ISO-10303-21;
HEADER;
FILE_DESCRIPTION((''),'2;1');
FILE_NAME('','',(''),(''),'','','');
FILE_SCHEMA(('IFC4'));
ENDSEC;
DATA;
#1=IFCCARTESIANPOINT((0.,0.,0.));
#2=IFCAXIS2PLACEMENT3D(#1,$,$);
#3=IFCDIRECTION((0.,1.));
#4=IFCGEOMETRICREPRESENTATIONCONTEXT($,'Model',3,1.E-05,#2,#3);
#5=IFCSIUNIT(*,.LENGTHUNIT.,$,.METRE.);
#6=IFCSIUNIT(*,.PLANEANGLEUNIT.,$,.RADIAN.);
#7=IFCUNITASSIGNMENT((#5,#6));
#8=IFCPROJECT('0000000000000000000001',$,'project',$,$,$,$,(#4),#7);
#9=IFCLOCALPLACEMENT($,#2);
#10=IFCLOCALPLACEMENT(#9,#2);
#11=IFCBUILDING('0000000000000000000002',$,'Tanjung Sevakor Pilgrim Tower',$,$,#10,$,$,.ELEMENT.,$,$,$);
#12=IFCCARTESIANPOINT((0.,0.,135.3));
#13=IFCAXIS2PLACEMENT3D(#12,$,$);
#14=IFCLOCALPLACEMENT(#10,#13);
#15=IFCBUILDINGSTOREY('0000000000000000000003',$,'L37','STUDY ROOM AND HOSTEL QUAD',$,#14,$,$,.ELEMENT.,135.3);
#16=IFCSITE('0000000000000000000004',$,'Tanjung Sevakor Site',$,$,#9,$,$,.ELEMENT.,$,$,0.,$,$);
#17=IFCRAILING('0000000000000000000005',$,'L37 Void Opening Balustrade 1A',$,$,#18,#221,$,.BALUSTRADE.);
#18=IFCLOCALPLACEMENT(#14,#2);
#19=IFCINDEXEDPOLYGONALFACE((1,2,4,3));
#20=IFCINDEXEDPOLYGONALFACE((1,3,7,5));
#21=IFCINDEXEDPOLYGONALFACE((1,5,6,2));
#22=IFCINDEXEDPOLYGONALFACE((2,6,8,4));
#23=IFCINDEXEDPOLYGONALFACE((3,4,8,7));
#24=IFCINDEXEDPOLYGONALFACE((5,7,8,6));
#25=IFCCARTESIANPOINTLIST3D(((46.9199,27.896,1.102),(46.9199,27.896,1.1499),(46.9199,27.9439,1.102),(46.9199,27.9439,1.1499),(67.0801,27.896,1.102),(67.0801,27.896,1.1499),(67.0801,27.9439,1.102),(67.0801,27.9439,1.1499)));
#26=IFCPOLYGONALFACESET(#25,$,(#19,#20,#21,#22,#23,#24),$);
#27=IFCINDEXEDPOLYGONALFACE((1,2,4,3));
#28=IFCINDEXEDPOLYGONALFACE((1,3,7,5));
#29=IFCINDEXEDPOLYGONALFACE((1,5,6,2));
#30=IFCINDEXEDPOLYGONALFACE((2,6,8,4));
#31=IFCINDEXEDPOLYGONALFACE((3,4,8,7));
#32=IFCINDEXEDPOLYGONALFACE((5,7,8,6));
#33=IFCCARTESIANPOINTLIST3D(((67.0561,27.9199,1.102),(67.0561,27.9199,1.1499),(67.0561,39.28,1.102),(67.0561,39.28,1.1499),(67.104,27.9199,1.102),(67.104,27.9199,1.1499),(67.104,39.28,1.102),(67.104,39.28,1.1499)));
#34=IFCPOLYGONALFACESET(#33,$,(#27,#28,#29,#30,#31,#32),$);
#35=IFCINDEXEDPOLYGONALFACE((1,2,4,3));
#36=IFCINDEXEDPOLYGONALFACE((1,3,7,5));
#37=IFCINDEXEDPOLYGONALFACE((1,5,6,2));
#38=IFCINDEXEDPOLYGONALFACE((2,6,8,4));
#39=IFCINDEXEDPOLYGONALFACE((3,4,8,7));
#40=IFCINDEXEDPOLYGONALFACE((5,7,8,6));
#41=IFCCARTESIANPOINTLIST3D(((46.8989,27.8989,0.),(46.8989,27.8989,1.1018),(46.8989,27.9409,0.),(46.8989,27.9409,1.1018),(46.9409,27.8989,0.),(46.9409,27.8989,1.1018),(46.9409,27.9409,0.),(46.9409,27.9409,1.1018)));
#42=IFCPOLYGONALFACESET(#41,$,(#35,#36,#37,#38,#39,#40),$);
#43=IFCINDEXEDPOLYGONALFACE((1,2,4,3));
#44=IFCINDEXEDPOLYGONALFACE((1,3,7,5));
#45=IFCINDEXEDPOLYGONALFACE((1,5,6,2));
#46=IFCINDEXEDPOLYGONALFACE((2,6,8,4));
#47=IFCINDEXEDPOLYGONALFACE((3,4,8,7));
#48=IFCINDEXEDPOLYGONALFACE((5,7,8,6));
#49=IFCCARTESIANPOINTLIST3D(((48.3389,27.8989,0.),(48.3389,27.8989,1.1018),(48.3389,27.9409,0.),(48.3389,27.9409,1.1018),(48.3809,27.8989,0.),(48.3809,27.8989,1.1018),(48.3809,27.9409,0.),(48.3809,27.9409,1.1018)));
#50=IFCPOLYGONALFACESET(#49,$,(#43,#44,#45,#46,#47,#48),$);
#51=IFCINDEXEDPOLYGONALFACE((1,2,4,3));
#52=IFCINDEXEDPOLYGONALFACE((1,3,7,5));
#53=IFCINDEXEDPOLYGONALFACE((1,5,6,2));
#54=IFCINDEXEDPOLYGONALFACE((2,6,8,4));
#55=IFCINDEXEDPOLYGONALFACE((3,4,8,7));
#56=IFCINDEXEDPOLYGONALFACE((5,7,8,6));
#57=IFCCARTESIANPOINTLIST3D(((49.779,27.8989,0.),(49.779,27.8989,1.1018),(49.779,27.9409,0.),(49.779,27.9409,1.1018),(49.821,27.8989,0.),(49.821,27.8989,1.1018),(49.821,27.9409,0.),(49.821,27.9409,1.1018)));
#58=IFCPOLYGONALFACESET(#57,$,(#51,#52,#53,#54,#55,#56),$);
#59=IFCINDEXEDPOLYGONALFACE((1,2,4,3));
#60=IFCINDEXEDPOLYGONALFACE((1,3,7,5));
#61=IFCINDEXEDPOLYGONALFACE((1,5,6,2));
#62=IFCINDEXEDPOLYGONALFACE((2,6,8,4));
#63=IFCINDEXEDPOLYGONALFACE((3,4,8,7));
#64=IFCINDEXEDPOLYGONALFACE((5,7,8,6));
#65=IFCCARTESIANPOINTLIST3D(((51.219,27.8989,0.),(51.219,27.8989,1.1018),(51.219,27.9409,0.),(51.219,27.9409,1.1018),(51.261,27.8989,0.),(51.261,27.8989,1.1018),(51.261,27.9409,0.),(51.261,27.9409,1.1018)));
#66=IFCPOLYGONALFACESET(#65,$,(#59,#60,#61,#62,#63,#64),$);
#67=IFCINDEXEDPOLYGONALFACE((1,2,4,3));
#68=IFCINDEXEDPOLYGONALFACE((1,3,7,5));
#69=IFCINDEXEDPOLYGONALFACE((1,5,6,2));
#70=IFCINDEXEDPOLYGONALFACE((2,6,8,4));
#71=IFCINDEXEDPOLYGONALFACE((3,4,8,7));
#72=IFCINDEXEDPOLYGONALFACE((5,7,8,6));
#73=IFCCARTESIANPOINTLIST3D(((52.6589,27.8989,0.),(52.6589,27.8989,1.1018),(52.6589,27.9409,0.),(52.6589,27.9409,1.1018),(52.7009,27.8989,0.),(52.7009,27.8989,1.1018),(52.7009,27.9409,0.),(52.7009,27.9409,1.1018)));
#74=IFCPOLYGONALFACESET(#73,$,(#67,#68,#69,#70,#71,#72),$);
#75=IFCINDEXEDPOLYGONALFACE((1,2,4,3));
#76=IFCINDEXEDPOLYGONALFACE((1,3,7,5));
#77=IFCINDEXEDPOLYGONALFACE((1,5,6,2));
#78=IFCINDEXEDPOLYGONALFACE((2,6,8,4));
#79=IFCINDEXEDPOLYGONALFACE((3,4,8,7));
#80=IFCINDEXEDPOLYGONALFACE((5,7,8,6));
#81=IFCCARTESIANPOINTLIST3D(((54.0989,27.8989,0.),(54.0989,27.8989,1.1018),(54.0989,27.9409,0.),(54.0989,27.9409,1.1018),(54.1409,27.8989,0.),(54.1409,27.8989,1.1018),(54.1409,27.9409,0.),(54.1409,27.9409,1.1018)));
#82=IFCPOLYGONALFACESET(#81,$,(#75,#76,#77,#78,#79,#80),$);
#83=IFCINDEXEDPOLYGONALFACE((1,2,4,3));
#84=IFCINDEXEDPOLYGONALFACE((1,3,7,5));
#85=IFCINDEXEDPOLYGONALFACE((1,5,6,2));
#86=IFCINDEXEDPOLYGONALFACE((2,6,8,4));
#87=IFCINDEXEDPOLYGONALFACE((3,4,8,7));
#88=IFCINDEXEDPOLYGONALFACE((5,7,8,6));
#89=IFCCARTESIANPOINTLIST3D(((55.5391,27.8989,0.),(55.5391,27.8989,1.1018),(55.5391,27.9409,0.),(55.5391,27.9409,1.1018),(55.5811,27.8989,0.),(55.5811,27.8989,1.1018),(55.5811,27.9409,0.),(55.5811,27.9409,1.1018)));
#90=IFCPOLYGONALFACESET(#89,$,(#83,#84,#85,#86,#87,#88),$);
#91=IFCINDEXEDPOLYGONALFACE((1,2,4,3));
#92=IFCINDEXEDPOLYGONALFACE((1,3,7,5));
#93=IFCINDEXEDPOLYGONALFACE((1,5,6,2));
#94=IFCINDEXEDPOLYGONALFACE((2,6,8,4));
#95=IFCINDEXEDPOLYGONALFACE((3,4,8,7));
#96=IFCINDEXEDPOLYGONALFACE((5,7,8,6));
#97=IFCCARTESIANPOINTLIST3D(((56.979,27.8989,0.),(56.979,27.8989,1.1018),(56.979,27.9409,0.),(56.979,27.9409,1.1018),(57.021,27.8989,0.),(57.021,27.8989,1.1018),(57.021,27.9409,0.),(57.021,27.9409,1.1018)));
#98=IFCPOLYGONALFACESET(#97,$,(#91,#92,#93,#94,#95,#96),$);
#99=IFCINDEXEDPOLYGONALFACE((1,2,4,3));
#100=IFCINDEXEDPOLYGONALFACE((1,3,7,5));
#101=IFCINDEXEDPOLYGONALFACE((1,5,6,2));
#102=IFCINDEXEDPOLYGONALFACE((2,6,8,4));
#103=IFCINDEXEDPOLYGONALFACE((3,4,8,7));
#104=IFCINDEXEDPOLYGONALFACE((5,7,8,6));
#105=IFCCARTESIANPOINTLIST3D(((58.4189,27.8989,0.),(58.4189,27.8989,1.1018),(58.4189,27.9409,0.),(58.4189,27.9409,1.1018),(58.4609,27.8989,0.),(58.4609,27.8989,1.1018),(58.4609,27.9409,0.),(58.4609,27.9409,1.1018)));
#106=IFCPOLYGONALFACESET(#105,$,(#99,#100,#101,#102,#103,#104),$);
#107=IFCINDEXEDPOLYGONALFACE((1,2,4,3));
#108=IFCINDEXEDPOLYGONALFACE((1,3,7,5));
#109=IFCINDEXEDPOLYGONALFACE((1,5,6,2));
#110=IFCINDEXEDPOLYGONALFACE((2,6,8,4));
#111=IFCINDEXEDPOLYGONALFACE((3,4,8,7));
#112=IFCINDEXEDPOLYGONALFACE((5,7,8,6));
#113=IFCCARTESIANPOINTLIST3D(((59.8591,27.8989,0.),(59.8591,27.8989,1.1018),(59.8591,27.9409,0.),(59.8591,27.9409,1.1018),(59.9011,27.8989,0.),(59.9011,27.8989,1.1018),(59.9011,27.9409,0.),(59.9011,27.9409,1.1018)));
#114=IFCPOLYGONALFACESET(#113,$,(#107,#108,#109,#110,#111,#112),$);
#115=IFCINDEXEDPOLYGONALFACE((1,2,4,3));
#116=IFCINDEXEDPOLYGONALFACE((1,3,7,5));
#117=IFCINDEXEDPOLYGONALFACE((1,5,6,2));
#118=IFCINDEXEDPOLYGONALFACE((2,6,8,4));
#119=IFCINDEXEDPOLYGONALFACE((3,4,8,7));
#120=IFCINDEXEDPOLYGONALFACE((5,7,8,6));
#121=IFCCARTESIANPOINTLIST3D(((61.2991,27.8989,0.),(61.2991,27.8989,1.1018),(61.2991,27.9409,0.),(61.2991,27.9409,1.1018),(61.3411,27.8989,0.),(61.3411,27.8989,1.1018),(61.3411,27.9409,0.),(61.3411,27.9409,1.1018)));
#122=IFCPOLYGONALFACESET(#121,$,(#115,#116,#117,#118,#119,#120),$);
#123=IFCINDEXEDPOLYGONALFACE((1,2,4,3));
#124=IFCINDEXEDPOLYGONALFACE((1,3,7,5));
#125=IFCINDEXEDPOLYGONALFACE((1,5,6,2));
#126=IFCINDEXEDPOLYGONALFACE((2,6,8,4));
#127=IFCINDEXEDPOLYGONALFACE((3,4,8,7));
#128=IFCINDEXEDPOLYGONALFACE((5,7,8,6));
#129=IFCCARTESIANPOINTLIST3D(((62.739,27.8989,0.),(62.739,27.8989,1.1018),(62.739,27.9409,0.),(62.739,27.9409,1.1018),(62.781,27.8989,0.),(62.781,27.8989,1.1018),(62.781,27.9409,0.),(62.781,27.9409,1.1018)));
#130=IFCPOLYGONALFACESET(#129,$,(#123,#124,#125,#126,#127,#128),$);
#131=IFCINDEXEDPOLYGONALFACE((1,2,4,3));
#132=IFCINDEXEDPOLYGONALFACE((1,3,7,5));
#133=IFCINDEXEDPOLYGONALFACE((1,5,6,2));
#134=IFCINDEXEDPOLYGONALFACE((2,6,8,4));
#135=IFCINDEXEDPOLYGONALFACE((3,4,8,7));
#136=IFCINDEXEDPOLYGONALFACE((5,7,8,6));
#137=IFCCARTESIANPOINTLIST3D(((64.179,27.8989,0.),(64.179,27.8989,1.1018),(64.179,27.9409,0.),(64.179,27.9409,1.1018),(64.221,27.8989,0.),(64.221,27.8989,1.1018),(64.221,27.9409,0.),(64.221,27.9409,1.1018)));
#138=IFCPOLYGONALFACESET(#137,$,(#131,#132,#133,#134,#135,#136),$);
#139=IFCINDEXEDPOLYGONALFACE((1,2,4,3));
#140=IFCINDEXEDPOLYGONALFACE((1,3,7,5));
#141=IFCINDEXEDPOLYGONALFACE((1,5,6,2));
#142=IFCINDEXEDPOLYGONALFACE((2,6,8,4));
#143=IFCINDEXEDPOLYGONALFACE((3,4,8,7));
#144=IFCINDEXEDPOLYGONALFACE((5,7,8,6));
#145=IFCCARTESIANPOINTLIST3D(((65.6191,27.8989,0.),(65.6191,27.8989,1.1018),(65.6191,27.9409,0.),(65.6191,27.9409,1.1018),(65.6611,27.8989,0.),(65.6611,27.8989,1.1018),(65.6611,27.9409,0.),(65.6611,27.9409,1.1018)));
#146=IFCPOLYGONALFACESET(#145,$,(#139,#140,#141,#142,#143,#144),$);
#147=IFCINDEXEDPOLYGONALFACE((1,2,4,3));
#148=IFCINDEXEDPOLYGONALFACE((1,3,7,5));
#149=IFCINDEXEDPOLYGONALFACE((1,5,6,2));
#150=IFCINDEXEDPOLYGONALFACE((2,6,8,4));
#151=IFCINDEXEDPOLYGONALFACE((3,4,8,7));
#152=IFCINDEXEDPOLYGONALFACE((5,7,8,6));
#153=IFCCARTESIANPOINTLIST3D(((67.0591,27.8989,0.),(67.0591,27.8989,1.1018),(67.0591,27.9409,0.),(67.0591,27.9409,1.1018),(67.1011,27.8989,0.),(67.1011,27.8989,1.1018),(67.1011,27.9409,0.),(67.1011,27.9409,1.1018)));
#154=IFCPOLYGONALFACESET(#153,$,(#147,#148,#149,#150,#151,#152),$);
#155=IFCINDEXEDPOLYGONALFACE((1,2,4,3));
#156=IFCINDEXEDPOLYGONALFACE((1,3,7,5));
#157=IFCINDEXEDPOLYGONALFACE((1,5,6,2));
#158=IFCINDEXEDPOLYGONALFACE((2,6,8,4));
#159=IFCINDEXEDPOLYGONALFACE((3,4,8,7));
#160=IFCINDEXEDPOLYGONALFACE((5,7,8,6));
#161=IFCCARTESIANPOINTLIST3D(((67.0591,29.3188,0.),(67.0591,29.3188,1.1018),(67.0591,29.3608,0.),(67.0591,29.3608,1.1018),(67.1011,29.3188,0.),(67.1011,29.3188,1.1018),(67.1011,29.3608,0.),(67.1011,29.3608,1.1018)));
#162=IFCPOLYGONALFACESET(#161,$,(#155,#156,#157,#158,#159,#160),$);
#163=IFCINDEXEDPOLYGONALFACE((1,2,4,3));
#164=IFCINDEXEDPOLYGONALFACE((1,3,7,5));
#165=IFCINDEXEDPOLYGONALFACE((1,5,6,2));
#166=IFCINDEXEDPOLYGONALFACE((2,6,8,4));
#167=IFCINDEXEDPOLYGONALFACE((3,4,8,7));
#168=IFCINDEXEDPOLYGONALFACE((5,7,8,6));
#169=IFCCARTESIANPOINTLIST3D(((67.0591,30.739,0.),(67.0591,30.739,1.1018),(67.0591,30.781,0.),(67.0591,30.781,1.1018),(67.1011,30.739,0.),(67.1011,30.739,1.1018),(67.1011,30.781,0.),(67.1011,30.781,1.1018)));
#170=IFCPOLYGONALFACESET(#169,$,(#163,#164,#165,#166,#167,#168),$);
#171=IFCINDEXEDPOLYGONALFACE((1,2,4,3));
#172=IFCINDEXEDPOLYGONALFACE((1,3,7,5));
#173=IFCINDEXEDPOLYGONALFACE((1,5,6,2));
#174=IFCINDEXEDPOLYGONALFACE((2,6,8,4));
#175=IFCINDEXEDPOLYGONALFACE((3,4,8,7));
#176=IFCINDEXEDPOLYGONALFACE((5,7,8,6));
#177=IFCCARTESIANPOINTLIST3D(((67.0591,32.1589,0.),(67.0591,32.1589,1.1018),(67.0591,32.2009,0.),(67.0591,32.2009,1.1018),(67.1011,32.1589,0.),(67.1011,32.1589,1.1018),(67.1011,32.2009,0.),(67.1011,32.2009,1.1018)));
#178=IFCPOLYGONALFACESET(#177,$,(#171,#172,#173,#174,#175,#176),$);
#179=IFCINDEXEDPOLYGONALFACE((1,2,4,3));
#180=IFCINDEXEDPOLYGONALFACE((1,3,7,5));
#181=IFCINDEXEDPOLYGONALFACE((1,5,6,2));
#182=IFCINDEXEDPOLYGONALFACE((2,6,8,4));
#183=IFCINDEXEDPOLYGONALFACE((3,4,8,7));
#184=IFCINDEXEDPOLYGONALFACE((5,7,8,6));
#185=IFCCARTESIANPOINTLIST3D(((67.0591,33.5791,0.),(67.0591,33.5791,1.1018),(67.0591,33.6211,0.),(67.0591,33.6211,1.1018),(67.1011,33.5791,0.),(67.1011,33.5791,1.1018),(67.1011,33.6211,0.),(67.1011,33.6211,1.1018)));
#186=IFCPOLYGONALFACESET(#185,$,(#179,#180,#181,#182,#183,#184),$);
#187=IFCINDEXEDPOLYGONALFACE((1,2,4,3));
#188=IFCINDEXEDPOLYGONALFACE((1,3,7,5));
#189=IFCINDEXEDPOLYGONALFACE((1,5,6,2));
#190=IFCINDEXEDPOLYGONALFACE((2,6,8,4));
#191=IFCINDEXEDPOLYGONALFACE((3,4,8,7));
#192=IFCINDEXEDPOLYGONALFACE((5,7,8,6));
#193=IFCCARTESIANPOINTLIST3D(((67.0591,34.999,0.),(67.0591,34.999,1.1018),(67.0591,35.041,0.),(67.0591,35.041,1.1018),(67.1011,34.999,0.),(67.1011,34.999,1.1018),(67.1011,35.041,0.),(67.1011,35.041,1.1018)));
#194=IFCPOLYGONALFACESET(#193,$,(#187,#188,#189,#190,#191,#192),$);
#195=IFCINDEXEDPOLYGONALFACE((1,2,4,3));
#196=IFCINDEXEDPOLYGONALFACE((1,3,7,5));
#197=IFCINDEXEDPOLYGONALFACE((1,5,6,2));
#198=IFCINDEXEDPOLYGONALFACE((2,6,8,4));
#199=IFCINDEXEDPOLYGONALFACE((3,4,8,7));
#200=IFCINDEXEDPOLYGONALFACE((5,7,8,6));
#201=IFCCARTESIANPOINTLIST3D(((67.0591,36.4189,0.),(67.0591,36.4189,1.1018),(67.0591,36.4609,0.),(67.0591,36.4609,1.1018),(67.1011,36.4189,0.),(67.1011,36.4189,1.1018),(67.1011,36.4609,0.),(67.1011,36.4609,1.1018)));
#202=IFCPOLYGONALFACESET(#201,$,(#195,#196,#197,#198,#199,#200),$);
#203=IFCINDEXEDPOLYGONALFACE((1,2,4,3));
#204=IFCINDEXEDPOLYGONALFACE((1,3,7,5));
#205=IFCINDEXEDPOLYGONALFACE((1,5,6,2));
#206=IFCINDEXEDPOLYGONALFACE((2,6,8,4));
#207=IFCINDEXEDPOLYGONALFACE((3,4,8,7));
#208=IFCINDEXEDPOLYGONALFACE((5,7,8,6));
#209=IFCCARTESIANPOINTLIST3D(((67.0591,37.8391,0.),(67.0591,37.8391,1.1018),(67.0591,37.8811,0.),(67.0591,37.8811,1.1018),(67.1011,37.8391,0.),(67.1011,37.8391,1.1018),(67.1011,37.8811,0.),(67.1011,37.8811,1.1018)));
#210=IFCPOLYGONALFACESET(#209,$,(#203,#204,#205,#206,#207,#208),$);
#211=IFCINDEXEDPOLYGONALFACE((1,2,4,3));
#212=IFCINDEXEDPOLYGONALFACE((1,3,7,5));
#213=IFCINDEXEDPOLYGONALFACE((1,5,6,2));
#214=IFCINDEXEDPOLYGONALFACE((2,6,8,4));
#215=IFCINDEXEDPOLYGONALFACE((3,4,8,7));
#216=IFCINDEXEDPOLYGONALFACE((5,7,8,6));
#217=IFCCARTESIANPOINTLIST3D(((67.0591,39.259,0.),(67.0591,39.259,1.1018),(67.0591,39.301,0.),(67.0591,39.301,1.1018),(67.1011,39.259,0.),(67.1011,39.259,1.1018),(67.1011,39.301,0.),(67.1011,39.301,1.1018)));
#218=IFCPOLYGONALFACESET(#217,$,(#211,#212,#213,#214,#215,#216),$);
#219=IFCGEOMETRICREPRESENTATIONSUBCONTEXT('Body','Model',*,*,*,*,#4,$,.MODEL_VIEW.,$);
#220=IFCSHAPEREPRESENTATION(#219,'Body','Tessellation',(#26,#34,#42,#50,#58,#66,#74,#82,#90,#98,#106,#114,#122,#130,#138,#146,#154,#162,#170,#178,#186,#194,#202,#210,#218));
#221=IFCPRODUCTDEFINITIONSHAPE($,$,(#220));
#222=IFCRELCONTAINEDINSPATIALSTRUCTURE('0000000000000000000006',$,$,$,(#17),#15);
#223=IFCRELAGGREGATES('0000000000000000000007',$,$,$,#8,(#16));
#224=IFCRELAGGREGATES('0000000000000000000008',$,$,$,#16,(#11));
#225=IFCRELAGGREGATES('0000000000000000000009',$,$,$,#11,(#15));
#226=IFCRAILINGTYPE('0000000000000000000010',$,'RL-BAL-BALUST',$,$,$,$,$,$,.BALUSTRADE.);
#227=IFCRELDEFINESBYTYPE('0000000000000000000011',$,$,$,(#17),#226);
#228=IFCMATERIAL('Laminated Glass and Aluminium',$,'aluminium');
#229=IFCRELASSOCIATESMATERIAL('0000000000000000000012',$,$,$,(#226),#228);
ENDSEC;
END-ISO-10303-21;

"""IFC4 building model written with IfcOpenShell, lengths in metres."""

from ifc_helpers import new_model, si_unit, direction, frame, origin, place, context, subcontext, project, spatial, rectangle, extrude, material, type_object, element, save


model = new_model("IFC4")

# Units and contexts
model_context = context("Model", 3, precision=1e-05, world=origin(), true_north=direction((0.0, 1.0)))
body_context = subcontext(model_context, "Body", "Model", "MODEL_VIEW")
ifc_project = project(units=[si_unit("LENGTHUNIT", "METRE"), si_unit("PLANEANGLEUNIT", "RADIAN")], contexts=[model_context])

# Site, building, storey
site_placement = place(None, origin())
site = spatial("IfcSite", under=ifc_project, at=site_placement, Name="Tanjung Sevakor Site", CompositionType="ELEMENT", RefElevation=0.0)
building_placement = place(site_placement, origin())
building = spatial("IfcBuilding", under=site, at=building_placement, Name="Tanjung Sevakor Pilgrim Tower", CompositionType="ELEMENT")
storey_placement = place(building_placement, frame((0.0, 0.0, 135.3)))
storey = spatial("IfcBuildingStorey", under=building, at=storey_placement, Name="L37", Description="STUDY ROOM AND HOSTEL QUAD", CompositionType="ELEMENT", Elevation=135.3)

# Railing
ifc_material_1 = material(Name="Laminated Glass and Aluminium", Category="aluminium")
railing_type = type_object("IfcRailingType", Name="RL-BAL-BALUST", PredefinedType="BALUSTRADE", material=ifc_material_1)
railing_placement = place(storey_placement, frame((46.9199, 27.9199, 0.0)))
element("IfcRailing", 1, at=railing_placement, inside=storey, type_object=railing_type, Name="L37 Void Opening Balustrade 1A", PredefinedType="BALUSTRADE", context=body_context, shape_type="SweptSolid", body=[
    extrude(rectangle(XDim=0.0479, YDim=0.0479), frame((0.0, 0.0, 1.126), z_axis=(1.0, 0.0, 0.0), x_axis=(0.0, 1.0, 0.0)), (0.0, 0.0, 1.0), 20.1602),
    extrude(rectangle(XDim=0.0479, YDim=0.0479), frame((20.1602, 0.0, 1.126), z_axis=(0.0, 1.0, 0.0), x_axis=(-1.0, 0.0, 0.0)), (0.0, 0.0, 1.0), 11.3601),
    extrude(rectangle(XDim=0.042, YDim=0.042), origin(), (0.0, 0.0, 1.0), 1.1018),
    extrude(rectangle(XDim=0.042, YDim=0.042), frame((1.4399, 0.0, 0.0)), (0.0, 0.0, 1.0), 1.1018),
    extrude(rectangle(XDim=0.042, YDim=0.042), frame((2.8801, 0.0, 0.0)), (0.0, 0.0, 1.0), 1.1018),
    extrude(rectangle(XDim=0.042, YDim=0.042), frame((4.3201, 0.0, 0.0)), (0.0, 0.0, 1.0), 1.1018),
    extrude(rectangle(XDim=0.042, YDim=0.042), frame((5.76, 0.0, 0.0)), (0.0, 0.0, 1.0), 1.1018),
    extrude(rectangle(XDim=0.042, YDim=0.042), frame((7.2, 0.0, 0.0)), (0.0, 0.0, 1.0), 1.1018),
    extrude(rectangle(XDim=0.042, YDim=0.042), frame((8.6401, 0.0, 0.0)), (0.0, 0.0, 1.0), 1.1018),
    extrude(rectangle(XDim=0.042, YDim=0.042), frame((10.0801, 0.0, 0.0)), (0.0, 0.0, 1.0), 1.1018),
    extrude(rectangle(XDim=0.042, YDim=0.042), frame((11.52, 0.0, 0.0)), (0.0, 0.0, 1.0), 1.1018),
    extrude(rectangle(XDim=0.042, YDim=0.042), frame((12.9602, 0.0, 0.0)), (0.0, 0.0, 1.0), 1.1018),
    extrude(rectangle(XDim=0.042, YDim=0.042), frame((14.4001, 0.0, 0.0)), (0.0, 0.0, 1.0), 1.1018),
    extrude(rectangle(XDim=0.042, YDim=0.042), frame((15.8401, 0.0, 0.0)), (0.0, 0.0, 1.0), 1.1018),
    extrude(rectangle(XDim=0.042, YDim=0.042), frame((17.28, 0.0, 0.0)), (0.0, 0.0, 1.0), 1.1018),
    extrude(rectangle(XDim=0.042, YDim=0.042), frame((18.7202, 0.0, 0.0)), (0.0, 0.0, 1.0), 1.1018),
    extrude(rectangle(XDim=0.042, YDim=0.042), frame((20.1602, 0.0, 0.0)), (0.0, 0.0, 1.0), 1.1018),
    extrude(rectangle(XDim=0.042, YDim=0.042), frame((20.1602, 1.4199, 0.0)), (0.0, 0.0, 1.0), 1.1018),
    extrude(rectangle(XDim=0.042, YDim=0.042), frame((20.1602, 2.8401, 0.0)), (0.0, 0.0, 1.0), 1.1018),
    extrude(rectangle(XDim=0.042, YDim=0.042), frame((20.1602, 4.26, 0.0)), (0.0, 0.0, 1.0), 1.1018),
    extrude(rectangle(XDim=0.042, YDim=0.042), frame((20.1602, 5.6802, 0.0)), (0.0, 0.0, 1.0), 1.1018),
    extrude(rectangle(XDim=0.042, YDim=0.042), frame((20.1602, 7.1001, 0.0)), (0.0, 0.0, 1.0), 1.1018),
    extrude(rectangle(XDim=0.042, YDim=0.042), frame((20.1602, 8.52, 0.0)), (0.0, 0.0, 1.0), 1.1018),
    extrude(rectangle(XDim=0.042, YDim=0.042), frame((20.1602, 9.9402, 0.0)), (0.0, 0.0, 1.0), 1.1018),
    extrude(rectangle(XDim=0.042, YDim=0.042), frame((20.1602, 11.3601, 0.0)), (0.0, 0.0, 1.0), 1.1018),
])

save(model, "model.ifc")
